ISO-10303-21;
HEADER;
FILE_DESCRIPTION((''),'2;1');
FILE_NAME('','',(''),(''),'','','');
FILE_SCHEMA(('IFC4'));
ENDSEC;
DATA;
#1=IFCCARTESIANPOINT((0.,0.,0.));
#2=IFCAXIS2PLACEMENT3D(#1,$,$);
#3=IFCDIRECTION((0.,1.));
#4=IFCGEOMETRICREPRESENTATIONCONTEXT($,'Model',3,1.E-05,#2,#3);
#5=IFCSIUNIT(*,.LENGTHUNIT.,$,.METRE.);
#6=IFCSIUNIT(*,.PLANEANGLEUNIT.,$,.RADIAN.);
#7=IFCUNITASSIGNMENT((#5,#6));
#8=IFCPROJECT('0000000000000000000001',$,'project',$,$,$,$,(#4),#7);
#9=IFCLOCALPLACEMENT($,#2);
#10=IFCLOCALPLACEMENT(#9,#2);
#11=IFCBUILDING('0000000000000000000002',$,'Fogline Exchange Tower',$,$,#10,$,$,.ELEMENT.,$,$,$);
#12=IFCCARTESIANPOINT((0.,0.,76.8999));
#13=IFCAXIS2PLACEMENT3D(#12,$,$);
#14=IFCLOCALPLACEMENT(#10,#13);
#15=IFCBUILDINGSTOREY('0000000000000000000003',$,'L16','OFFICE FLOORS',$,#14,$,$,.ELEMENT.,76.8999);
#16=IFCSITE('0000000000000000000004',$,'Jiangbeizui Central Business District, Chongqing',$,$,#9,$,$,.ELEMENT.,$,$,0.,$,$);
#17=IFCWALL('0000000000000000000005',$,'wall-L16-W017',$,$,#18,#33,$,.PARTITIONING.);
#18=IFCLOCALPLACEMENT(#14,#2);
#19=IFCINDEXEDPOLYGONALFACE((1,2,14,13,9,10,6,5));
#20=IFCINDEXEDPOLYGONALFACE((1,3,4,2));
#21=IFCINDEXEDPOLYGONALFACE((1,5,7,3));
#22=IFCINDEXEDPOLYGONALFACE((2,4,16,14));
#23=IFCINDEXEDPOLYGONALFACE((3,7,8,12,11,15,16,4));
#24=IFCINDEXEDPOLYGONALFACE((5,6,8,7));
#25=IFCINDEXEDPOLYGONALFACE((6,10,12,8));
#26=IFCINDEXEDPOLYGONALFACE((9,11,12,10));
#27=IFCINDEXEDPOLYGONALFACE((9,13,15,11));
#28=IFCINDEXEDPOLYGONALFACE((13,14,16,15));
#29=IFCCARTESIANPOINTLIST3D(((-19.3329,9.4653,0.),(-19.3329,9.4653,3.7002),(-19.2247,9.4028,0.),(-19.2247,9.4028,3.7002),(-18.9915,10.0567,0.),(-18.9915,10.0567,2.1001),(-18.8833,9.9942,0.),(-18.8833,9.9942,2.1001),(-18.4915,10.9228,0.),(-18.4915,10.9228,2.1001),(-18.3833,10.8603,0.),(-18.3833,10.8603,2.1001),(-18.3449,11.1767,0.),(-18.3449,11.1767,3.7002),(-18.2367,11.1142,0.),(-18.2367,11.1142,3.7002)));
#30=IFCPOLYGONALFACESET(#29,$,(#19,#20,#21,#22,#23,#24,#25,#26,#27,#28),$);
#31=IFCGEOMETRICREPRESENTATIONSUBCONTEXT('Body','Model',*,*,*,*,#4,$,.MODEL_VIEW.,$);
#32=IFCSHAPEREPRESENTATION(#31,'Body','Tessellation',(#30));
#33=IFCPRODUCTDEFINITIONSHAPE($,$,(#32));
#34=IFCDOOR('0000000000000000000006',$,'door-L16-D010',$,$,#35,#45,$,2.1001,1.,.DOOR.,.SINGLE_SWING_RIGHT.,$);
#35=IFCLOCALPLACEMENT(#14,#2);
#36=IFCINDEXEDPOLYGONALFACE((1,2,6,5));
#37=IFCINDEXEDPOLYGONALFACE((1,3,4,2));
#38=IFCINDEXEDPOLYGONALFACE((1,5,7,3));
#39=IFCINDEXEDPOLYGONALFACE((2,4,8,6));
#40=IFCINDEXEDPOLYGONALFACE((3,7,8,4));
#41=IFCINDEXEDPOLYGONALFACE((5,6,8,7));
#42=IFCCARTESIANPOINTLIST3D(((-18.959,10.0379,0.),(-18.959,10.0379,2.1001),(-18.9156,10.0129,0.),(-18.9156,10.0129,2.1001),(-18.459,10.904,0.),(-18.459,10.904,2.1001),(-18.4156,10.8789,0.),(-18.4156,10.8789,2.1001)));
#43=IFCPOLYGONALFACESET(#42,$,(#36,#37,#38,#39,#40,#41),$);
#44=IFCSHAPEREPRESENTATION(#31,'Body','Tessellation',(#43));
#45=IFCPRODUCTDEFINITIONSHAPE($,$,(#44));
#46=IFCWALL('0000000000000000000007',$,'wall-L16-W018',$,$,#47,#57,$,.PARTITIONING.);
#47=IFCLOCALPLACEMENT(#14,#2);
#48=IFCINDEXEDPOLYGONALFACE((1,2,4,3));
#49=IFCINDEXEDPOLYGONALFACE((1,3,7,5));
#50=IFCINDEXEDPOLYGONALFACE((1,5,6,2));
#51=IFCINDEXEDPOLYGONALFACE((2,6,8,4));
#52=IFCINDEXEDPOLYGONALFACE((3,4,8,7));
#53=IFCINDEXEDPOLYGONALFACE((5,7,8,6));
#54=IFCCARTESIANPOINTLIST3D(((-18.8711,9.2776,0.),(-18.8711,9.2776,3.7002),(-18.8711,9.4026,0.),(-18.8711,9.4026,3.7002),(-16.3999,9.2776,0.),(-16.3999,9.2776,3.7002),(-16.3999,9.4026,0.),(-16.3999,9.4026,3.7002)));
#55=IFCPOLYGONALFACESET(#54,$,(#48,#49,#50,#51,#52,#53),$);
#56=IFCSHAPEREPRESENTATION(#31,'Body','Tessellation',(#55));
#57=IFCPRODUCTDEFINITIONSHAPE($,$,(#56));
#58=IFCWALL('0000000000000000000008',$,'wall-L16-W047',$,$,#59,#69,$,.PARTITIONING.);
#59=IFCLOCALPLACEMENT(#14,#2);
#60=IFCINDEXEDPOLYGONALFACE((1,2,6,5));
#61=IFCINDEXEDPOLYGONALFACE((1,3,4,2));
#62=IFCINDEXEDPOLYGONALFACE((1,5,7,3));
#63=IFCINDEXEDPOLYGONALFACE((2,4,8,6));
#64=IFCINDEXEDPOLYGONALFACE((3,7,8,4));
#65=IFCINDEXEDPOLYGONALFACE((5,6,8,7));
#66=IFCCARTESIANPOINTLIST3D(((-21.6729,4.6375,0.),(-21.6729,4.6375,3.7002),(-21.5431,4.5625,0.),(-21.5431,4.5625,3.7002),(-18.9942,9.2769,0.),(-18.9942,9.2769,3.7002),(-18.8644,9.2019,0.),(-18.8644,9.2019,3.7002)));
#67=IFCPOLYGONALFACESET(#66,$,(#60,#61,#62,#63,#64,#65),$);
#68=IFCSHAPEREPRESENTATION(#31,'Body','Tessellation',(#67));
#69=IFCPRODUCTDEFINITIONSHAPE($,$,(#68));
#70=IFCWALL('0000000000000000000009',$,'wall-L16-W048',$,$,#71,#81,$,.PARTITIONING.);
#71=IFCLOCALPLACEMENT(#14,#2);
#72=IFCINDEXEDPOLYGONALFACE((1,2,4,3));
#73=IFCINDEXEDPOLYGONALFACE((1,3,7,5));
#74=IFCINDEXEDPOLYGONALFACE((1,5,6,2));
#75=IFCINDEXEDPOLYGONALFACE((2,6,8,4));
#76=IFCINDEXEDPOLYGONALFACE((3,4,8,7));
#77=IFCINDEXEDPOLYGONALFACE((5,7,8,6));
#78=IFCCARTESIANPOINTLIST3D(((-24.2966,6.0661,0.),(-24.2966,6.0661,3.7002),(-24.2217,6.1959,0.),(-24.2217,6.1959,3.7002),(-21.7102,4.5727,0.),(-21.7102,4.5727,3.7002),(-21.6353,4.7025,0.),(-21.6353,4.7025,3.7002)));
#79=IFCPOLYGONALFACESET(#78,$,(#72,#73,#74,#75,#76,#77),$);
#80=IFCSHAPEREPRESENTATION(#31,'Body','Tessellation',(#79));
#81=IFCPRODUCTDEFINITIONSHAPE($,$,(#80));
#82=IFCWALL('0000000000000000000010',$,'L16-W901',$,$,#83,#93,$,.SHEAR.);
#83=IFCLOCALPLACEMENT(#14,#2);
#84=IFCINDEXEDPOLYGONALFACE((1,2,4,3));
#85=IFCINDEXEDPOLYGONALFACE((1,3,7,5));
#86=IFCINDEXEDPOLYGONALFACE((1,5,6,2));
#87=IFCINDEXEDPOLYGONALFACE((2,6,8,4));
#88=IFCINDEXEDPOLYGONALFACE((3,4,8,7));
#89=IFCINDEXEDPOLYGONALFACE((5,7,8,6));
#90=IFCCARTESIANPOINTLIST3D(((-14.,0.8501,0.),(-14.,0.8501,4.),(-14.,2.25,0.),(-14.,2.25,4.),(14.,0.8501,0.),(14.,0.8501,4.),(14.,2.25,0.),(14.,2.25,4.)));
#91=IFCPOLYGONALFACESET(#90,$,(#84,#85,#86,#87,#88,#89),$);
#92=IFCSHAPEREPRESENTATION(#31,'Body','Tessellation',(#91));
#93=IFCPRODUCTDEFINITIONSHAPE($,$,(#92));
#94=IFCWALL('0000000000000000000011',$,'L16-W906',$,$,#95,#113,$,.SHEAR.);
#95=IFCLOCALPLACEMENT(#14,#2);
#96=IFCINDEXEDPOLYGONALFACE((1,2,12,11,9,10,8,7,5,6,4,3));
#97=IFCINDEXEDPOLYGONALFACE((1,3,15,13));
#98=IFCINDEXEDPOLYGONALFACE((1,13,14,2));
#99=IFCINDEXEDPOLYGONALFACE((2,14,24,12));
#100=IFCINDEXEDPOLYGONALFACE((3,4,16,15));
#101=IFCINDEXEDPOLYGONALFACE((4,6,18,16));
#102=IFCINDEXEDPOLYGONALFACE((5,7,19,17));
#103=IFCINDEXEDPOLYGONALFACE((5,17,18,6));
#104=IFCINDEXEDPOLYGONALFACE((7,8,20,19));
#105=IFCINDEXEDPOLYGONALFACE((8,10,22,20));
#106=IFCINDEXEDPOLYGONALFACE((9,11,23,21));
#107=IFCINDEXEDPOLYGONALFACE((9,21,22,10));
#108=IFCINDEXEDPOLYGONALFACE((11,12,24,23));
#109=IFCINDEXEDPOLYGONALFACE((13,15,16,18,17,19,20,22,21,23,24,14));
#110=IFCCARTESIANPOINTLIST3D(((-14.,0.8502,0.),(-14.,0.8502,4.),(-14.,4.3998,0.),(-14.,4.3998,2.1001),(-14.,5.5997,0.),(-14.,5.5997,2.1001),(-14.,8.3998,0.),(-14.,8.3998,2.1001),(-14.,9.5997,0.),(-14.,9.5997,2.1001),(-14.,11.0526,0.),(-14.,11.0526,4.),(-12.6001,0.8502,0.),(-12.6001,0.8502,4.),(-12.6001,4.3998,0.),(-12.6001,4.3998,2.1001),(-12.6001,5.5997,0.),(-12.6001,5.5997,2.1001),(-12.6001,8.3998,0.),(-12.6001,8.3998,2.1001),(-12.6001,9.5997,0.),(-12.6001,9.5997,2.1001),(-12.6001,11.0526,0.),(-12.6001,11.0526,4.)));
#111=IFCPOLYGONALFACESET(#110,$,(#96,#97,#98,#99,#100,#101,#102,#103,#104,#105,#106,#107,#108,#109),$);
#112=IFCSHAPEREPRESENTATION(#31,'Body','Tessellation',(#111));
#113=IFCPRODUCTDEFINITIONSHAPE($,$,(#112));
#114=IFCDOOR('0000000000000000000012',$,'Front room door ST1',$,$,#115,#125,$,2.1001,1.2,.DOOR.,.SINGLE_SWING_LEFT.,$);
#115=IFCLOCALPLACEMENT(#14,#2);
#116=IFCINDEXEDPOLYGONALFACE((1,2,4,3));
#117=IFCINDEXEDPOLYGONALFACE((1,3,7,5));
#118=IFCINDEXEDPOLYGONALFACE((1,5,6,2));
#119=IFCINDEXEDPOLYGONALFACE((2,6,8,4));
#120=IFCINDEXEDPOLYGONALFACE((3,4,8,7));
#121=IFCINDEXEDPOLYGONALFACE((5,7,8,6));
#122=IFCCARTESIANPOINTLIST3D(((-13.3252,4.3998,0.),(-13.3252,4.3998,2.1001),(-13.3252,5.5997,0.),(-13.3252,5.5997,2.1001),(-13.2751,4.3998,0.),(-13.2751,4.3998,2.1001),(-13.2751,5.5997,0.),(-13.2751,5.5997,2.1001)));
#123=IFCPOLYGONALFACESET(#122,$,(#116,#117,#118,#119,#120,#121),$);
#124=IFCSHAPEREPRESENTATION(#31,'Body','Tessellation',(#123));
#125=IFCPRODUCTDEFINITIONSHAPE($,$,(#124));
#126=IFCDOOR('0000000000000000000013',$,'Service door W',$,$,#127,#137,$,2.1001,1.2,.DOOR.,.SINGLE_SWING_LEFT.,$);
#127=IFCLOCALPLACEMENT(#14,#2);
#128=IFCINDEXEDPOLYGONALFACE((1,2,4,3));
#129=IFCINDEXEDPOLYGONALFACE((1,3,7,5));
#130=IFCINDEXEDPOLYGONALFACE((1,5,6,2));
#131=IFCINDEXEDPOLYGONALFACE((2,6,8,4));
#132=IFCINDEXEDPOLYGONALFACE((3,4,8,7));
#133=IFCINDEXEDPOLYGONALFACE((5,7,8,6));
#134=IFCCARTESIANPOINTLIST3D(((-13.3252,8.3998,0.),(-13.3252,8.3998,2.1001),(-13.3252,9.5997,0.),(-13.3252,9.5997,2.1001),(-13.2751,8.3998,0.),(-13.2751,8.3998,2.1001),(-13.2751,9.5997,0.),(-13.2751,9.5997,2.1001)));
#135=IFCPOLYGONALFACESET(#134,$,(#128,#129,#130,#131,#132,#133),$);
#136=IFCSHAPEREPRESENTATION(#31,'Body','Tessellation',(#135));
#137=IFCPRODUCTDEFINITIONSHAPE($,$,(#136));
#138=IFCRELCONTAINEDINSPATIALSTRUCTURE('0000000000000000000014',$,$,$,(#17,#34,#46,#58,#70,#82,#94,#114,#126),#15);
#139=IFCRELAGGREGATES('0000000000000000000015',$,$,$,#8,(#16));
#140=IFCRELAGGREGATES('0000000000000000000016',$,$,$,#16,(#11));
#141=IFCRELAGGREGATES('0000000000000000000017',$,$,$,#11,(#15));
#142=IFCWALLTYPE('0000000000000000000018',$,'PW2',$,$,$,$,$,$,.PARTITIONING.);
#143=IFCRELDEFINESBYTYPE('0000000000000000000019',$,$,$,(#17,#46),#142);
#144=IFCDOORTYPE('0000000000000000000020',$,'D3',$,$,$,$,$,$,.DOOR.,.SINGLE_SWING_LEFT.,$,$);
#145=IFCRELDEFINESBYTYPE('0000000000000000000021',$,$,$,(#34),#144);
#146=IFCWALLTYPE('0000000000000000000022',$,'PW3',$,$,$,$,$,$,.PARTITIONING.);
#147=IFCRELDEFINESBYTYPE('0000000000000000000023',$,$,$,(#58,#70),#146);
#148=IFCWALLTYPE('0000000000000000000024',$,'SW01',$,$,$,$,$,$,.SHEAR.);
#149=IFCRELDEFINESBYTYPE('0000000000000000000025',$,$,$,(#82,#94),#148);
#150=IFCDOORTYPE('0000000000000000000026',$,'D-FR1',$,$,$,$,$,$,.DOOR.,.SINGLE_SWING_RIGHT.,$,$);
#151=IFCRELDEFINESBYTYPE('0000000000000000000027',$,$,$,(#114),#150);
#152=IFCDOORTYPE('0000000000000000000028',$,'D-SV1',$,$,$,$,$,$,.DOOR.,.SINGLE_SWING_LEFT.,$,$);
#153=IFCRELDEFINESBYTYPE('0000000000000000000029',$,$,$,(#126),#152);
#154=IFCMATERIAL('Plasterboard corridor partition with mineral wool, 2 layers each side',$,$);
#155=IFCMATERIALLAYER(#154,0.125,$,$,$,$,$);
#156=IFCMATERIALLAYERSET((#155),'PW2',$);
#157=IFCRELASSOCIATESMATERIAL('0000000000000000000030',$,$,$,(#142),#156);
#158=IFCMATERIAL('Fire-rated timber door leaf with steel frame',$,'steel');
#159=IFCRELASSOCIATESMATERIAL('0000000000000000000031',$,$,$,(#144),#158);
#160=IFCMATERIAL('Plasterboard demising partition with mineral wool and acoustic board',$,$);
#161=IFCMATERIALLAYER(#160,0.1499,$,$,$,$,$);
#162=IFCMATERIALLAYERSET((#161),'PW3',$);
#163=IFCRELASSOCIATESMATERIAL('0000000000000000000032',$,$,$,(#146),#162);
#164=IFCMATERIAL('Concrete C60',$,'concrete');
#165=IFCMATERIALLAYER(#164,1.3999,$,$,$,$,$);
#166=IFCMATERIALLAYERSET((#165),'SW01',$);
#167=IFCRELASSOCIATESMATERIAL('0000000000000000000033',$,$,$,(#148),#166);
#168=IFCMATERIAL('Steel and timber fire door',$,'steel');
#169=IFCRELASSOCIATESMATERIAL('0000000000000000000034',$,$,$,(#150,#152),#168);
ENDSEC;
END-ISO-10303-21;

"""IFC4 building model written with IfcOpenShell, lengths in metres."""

from ifc_helpers import new_model, si_unit, direction, frame, frame_2d, origin, place, context, subcontext, project, spatial, rectangle, extrude, material, layer, layer_set, type_object, element, fill, save


model = new_model("IFC4")

# Units and contexts
model_context = context("Model", 3, precision=1e-05, world=origin(), true_north=direction((0.0, 1.0)))
body_context = subcontext(model_context, "Body", "Model", "MODEL_VIEW")
ifc_project = project(units=[si_unit("LENGTHUNIT", "METRE"), si_unit("PLANEANGLEUNIT", "RADIAN")], contexts=[model_context])

# Site, building, storey
site_placement = place(None, origin())
site = spatial("IfcSite", under=ifc_project, at=site_placement, Name="Jiangbeizui Central Business District, Chongqing", CompositionType="ELEMENT", RefElevation=0.0)
building_placement = place(site_placement, origin())
building = spatial("IfcBuilding", under=site, at=building_placement, Name="Fogline Exchange Tower", CompositionType="ELEMENT")
storey_placement = place(building_placement, frame((0.0, 0.0, 76.8999)))
storey = spatial("IfcBuildingStorey", under=building, at=storey_placement, Name="L16", Description="OFFICE FLOORS", CompositionType="ELEMENT", Elevation=76.8999)

# Shared definitions
ifc_material_1 = material(Name="Plasterboard corridor partition with mineral wool, 2 layers each side")
ifc_layer_1 = layer(ifc_material_1, 0.125)
ifc_layer_set_1 = layer_set([ifc_layer_1], Name="PW2")
wall_type_1 = type_object("IfcWallType", Name="PW2", PredefinedType="PARTITIONING", material=ifc_layer_set_1)

# Shared definitions
ifc_material_2 = material(Name="Fire-rated timber door leaf with steel frame", Category="steel")
door_type_1 = type_object("IfcDoorType", Name="D3", OperationType="SINGLE_SWING_LEFT", PredefinedType="DOOR", material=ifc_material_2)

# Wall, opening, door
wall_1_placement = place(storey_placement, frame((-19.2788, 9.4341, 0.0), z_axis=(0.0, 0.0, 1.0), x_axis=(0.499979, 0.866037, 0.0)))
wall_1 = element("IfcWall", 1, at=wall_1_placement, inside=storey, type_object=wall_type_1, Name="wall-L16-W017", PredefinedType="PARTITIONING", context=body_context, shape_type="SweptSolid", body=[
    extrude(rectangle(XDim=1.9761, YDim=0.125, at=frame_2d((0.988, 0.0))), origin(), (0.0, 0.0, 1.0), 3.7002),
])
opening_1_placement = place(wall_1_placement, frame((0.6829, 0.0, 0.0)))
opening_1 = element("IfcOpeningElement", 2, at=opening_1_placement, cuts=wall_1, PredefinedType="OPENING", context=body_context, shape_type="SweptSolid", body=[
    extrude(rectangle(XDim=1.0, YDim=2.1001, at=frame_2d((0.5, 1.05))), frame((0.0, 0.0725, 0.0), z_axis=(0.0, -1.0, 0.0), x_axis=(1.0, 0.0, 0.0)), (0.0, 0.0, 1.0), 0.145),
])
door_1_placement = place(opening_1_placement, origin())
door_1 = element("IfcDoor", 3, at=door_1_placement, inside=storey, type_object=door_type_1, Name="door-L16-D010", OperationType="SINGLE_SWING_RIGHT", OverallHeight=2.1001, OverallWidth=1.0, PredefinedType="DOOR", context=body_context, shape_type="SweptSolid", body=[
    extrude(rectangle(XDim=1.0, YDim=2.1001, at=frame_2d((0.5, 1.05))), frame((0.0, 0.0249, 0.0), z_axis=(0.0, -1.0, 0.0), x_axis=(1.0, 0.0, 0.0)), (0.0, 0.0, 1.0), 0.05),
])
fill(opening_1, door_1)

# Walls
wall_2_placement = place(storey_placement, frame((-16.3999, 9.3401, 0.0), z_axis=(0.0, 0.0, 1.0), x_axis=(-1.0, 0.0, 0.0)))
element("IfcWall", 4, at=wall_2_placement, inside=storey, type_object=wall_type_1, Name="wall-L16-W018", PredefinedType="PARTITIONING", context=body_context, shape_type="SweptSolid", body=[
    extrude(rectangle(XDim=2.4712, YDim=0.125, at=frame_2d((1.2356, 0.0))), origin(), (0.0, 0.0, 1.0), 3.7002),
])
ifc_material_3 = material(Name="Plasterboard demising partition with mineral wool and acoustic board")
ifc_layer_2 = layer(ifc_material_3, 0.1499)
ifc_layer_set_2 = layer_set([ifc_layer_2], Name="PW3")
wall_type_2 = type_object("IfcWallType", Name="PW3", PredefinedType="PARTITIONING", material=ifc_layer_set_2)
wall_3_placement = place(storey_placement, frame((-18.9292, 9.2395, 0.0), z_axis=(0.0, 0.0, 1.0), x_axis=(-0.500021, -0.866013, 0.0)))
element("IfcWall", 5, at=wall_3_placement, inside=storey, type_object=wall_type_2, Name="wall-L16-W047", PredefinedType="PARTITIONING", context=body_context, shape_type="SweptSolid", body=[
    extrude(rectangle(XDim=5.3572, YDim=0.1499, at=frame_2d((2.6787, 0.0))), origin(), (0.0, 0.0, 1.0), 3.7002),
])
wall_4_placement = place(storey_placement, frame((-21.6729, 4.6377, 0.0), z_axis=(0.0, 0.0, 1.0), x_axis=(-0.866006, 0.500034, 0.0)))
element("IfcWall", 6, at=wall_4_placement, inside=storey, type_object=wall_type_2, Name="wall-L16-W048", PredefinedType="PARTITIONING", context=body_context, shape_type="SweptSolid", body=[
    extrude(rectangle(XDim=2.9866, YDim=0.1499, at=frame_2d((1.4932, 0.0))), origin(), (0.0, 0.0, 1.0), 3.7002),
])
ifc_material_4 = material(Name="Concrete C60", Category="concrete")
ifc_layer_3 = layer(ifc_material_4, 1.3999)
ifc_layer_set_3 = layer_set([ifc_layer_3], Name="SW01")
wall_type_3 = type_object("IfcWallType", Name="SW01", PredefinedType="SHEAR", material=ifc_layer_set_3)
wall_5_placement = place(storey_placement, frame((-14.0, 1.55, 0.0), z_axis=(0.0, 0.0, 1.0), x_axis=(1.0, 0.0, 0.0)))
element("IfcWall", 7, at=wall_5_placement, inside=storey, type_object=wall_type_3, Name="L16-W901", PredefinedType="SHEAR", context=body_context, shape_type="SweptSolid", body=[
    extrude(rectangle(XDim=28.0, YDim=1.3999, at=frame_2d((14.0, 0.0))), origin(), (0.0, 0.0, 1.0), 4.0),
])

# Wall, openings, doors
wall_6_placement = place(storey_placement, frame((-13.3, 11.0525, 0.0), z_axis=(0.0, 0.0, 1.0), x_axis=(0.0, -1.0, 0.0)))
wall_6 = element("IfcWall", 8, at=wall_6_placement, inside=storey, type_object=wall_type_3, Name="L16-W906", PredefinedType="SHEAR", context=body_context, shape_type="SweptSolid", body=[
    extrude(rectangle(XDim=10.2024, YDim=1.3999, at=frame_2d((5.1011, 0.0))), origin(), (0.0, 0.0, 1.0), 4.0),
])
opening_2_placement = place(wall_6_placement, frame((5.4526, 0.0, 0.0)))
opening_2 = element("IfcOpeningElement", 9, at=opening_2_placement, cuts=wall_6, PredefinedType="OPENING", context=body_context, shape_type="SweptSolid", body=[
    extrude(rectangle(XDim=1.2, YDim=2.1001, at=frame_2d((0.6001, 1.05))), frame((0.0, 0.71, 0.0), z_axis=(0.0, -1.0, 0.0), x_axis=(1.0, 0.0, 0.0)), (0.0, 0.0, 1.0), 1.4199),
])
opening_3_placement = place(wall_6_placement, frame((1.4526, 0.0, 0.0)))
opening_3 = element("IfcOpeningElement", 10, at=opening_3_placement, cuts=wall_6, PredefinedType="OPENING", context=body_context, shape_type="SweptSolid", body=[
    extrude(rectangle(XDim=1.2, YDim=2.1001, at=frame_2d((0.6001, 1.05))), frame((0.0, 0.71, 0.0), z_axis=(0.0, -1.0, 0.0), x_axis=(1.0, 0.0, 0.0)), (0.0, 0.0, 1.0), 1.4199),
])
ifc_material_5 = material(Name="Steel and timber fire door", Category="steel")
door_type_2 = type_object("IfcDoorType", Name="D-FR1", OperationType="SINGLE_SWING_RIGHT", PredefinedType="DOOR", material=ifc_material_5)
door_2_placement = place(opening_2_placement, origin())
door_2 = element("IfcDoor", 11, at=door_2_placement, inside=storey, type_object=door_type_2, Name="Front room door ST1", OperationType="SINGLE_SWING_LEFT", OverallHeight=2.1001, OverallWidth=1.2, PredefinedType="DOOR", context=body_context, shape_type="SweptSolid", body=[
    extrude(rectangle(XDim=1.2, YDim=2.1001, at=frame_2d((0.6001, 1.05))), frame((0.0, 0.0249, 0.0), z_axis=(0.0, -1.0, 0.0), x_axis=(1.0, 0.0, 0.0)), (0.0, 0.0, 1.0), 0.05),
])
fill(opening_2, door_2)
door_type_3 = type_object("IfcDoorType", Name="D-SV1", OperationType="SINGLE_SWING_LEFT", PredefinedType="DOOR", material=ifc_material_5)
door_3_placement = place(opening_3_placement, origin())
door_3 = element("IfcDoor", 12, at=door_3_placement, inside=storey, type_object=door_type_3, Name="Service door W", OperationType="SINGLE_SWING_LEFT", OverallHeight=2.1001, OverallWidth=1.2, PredefinedType="DOOR", context=body_context, shape_type="SweptSolid", body=[
    extrude(rectangle(XDim=1.2, YDim=2.1001, at=frame_2d((0.6001, 1.05))), frame((0.0, 0.0249, 0.0), z_axis=(0.0, -1.0, 0.0), x_axis=(1.0, 0.0, 0.0)), (0.0, 0.0, 1.0), 0.05),
])
fill(opening_3, door_3)

save(model, "model.ifc")
